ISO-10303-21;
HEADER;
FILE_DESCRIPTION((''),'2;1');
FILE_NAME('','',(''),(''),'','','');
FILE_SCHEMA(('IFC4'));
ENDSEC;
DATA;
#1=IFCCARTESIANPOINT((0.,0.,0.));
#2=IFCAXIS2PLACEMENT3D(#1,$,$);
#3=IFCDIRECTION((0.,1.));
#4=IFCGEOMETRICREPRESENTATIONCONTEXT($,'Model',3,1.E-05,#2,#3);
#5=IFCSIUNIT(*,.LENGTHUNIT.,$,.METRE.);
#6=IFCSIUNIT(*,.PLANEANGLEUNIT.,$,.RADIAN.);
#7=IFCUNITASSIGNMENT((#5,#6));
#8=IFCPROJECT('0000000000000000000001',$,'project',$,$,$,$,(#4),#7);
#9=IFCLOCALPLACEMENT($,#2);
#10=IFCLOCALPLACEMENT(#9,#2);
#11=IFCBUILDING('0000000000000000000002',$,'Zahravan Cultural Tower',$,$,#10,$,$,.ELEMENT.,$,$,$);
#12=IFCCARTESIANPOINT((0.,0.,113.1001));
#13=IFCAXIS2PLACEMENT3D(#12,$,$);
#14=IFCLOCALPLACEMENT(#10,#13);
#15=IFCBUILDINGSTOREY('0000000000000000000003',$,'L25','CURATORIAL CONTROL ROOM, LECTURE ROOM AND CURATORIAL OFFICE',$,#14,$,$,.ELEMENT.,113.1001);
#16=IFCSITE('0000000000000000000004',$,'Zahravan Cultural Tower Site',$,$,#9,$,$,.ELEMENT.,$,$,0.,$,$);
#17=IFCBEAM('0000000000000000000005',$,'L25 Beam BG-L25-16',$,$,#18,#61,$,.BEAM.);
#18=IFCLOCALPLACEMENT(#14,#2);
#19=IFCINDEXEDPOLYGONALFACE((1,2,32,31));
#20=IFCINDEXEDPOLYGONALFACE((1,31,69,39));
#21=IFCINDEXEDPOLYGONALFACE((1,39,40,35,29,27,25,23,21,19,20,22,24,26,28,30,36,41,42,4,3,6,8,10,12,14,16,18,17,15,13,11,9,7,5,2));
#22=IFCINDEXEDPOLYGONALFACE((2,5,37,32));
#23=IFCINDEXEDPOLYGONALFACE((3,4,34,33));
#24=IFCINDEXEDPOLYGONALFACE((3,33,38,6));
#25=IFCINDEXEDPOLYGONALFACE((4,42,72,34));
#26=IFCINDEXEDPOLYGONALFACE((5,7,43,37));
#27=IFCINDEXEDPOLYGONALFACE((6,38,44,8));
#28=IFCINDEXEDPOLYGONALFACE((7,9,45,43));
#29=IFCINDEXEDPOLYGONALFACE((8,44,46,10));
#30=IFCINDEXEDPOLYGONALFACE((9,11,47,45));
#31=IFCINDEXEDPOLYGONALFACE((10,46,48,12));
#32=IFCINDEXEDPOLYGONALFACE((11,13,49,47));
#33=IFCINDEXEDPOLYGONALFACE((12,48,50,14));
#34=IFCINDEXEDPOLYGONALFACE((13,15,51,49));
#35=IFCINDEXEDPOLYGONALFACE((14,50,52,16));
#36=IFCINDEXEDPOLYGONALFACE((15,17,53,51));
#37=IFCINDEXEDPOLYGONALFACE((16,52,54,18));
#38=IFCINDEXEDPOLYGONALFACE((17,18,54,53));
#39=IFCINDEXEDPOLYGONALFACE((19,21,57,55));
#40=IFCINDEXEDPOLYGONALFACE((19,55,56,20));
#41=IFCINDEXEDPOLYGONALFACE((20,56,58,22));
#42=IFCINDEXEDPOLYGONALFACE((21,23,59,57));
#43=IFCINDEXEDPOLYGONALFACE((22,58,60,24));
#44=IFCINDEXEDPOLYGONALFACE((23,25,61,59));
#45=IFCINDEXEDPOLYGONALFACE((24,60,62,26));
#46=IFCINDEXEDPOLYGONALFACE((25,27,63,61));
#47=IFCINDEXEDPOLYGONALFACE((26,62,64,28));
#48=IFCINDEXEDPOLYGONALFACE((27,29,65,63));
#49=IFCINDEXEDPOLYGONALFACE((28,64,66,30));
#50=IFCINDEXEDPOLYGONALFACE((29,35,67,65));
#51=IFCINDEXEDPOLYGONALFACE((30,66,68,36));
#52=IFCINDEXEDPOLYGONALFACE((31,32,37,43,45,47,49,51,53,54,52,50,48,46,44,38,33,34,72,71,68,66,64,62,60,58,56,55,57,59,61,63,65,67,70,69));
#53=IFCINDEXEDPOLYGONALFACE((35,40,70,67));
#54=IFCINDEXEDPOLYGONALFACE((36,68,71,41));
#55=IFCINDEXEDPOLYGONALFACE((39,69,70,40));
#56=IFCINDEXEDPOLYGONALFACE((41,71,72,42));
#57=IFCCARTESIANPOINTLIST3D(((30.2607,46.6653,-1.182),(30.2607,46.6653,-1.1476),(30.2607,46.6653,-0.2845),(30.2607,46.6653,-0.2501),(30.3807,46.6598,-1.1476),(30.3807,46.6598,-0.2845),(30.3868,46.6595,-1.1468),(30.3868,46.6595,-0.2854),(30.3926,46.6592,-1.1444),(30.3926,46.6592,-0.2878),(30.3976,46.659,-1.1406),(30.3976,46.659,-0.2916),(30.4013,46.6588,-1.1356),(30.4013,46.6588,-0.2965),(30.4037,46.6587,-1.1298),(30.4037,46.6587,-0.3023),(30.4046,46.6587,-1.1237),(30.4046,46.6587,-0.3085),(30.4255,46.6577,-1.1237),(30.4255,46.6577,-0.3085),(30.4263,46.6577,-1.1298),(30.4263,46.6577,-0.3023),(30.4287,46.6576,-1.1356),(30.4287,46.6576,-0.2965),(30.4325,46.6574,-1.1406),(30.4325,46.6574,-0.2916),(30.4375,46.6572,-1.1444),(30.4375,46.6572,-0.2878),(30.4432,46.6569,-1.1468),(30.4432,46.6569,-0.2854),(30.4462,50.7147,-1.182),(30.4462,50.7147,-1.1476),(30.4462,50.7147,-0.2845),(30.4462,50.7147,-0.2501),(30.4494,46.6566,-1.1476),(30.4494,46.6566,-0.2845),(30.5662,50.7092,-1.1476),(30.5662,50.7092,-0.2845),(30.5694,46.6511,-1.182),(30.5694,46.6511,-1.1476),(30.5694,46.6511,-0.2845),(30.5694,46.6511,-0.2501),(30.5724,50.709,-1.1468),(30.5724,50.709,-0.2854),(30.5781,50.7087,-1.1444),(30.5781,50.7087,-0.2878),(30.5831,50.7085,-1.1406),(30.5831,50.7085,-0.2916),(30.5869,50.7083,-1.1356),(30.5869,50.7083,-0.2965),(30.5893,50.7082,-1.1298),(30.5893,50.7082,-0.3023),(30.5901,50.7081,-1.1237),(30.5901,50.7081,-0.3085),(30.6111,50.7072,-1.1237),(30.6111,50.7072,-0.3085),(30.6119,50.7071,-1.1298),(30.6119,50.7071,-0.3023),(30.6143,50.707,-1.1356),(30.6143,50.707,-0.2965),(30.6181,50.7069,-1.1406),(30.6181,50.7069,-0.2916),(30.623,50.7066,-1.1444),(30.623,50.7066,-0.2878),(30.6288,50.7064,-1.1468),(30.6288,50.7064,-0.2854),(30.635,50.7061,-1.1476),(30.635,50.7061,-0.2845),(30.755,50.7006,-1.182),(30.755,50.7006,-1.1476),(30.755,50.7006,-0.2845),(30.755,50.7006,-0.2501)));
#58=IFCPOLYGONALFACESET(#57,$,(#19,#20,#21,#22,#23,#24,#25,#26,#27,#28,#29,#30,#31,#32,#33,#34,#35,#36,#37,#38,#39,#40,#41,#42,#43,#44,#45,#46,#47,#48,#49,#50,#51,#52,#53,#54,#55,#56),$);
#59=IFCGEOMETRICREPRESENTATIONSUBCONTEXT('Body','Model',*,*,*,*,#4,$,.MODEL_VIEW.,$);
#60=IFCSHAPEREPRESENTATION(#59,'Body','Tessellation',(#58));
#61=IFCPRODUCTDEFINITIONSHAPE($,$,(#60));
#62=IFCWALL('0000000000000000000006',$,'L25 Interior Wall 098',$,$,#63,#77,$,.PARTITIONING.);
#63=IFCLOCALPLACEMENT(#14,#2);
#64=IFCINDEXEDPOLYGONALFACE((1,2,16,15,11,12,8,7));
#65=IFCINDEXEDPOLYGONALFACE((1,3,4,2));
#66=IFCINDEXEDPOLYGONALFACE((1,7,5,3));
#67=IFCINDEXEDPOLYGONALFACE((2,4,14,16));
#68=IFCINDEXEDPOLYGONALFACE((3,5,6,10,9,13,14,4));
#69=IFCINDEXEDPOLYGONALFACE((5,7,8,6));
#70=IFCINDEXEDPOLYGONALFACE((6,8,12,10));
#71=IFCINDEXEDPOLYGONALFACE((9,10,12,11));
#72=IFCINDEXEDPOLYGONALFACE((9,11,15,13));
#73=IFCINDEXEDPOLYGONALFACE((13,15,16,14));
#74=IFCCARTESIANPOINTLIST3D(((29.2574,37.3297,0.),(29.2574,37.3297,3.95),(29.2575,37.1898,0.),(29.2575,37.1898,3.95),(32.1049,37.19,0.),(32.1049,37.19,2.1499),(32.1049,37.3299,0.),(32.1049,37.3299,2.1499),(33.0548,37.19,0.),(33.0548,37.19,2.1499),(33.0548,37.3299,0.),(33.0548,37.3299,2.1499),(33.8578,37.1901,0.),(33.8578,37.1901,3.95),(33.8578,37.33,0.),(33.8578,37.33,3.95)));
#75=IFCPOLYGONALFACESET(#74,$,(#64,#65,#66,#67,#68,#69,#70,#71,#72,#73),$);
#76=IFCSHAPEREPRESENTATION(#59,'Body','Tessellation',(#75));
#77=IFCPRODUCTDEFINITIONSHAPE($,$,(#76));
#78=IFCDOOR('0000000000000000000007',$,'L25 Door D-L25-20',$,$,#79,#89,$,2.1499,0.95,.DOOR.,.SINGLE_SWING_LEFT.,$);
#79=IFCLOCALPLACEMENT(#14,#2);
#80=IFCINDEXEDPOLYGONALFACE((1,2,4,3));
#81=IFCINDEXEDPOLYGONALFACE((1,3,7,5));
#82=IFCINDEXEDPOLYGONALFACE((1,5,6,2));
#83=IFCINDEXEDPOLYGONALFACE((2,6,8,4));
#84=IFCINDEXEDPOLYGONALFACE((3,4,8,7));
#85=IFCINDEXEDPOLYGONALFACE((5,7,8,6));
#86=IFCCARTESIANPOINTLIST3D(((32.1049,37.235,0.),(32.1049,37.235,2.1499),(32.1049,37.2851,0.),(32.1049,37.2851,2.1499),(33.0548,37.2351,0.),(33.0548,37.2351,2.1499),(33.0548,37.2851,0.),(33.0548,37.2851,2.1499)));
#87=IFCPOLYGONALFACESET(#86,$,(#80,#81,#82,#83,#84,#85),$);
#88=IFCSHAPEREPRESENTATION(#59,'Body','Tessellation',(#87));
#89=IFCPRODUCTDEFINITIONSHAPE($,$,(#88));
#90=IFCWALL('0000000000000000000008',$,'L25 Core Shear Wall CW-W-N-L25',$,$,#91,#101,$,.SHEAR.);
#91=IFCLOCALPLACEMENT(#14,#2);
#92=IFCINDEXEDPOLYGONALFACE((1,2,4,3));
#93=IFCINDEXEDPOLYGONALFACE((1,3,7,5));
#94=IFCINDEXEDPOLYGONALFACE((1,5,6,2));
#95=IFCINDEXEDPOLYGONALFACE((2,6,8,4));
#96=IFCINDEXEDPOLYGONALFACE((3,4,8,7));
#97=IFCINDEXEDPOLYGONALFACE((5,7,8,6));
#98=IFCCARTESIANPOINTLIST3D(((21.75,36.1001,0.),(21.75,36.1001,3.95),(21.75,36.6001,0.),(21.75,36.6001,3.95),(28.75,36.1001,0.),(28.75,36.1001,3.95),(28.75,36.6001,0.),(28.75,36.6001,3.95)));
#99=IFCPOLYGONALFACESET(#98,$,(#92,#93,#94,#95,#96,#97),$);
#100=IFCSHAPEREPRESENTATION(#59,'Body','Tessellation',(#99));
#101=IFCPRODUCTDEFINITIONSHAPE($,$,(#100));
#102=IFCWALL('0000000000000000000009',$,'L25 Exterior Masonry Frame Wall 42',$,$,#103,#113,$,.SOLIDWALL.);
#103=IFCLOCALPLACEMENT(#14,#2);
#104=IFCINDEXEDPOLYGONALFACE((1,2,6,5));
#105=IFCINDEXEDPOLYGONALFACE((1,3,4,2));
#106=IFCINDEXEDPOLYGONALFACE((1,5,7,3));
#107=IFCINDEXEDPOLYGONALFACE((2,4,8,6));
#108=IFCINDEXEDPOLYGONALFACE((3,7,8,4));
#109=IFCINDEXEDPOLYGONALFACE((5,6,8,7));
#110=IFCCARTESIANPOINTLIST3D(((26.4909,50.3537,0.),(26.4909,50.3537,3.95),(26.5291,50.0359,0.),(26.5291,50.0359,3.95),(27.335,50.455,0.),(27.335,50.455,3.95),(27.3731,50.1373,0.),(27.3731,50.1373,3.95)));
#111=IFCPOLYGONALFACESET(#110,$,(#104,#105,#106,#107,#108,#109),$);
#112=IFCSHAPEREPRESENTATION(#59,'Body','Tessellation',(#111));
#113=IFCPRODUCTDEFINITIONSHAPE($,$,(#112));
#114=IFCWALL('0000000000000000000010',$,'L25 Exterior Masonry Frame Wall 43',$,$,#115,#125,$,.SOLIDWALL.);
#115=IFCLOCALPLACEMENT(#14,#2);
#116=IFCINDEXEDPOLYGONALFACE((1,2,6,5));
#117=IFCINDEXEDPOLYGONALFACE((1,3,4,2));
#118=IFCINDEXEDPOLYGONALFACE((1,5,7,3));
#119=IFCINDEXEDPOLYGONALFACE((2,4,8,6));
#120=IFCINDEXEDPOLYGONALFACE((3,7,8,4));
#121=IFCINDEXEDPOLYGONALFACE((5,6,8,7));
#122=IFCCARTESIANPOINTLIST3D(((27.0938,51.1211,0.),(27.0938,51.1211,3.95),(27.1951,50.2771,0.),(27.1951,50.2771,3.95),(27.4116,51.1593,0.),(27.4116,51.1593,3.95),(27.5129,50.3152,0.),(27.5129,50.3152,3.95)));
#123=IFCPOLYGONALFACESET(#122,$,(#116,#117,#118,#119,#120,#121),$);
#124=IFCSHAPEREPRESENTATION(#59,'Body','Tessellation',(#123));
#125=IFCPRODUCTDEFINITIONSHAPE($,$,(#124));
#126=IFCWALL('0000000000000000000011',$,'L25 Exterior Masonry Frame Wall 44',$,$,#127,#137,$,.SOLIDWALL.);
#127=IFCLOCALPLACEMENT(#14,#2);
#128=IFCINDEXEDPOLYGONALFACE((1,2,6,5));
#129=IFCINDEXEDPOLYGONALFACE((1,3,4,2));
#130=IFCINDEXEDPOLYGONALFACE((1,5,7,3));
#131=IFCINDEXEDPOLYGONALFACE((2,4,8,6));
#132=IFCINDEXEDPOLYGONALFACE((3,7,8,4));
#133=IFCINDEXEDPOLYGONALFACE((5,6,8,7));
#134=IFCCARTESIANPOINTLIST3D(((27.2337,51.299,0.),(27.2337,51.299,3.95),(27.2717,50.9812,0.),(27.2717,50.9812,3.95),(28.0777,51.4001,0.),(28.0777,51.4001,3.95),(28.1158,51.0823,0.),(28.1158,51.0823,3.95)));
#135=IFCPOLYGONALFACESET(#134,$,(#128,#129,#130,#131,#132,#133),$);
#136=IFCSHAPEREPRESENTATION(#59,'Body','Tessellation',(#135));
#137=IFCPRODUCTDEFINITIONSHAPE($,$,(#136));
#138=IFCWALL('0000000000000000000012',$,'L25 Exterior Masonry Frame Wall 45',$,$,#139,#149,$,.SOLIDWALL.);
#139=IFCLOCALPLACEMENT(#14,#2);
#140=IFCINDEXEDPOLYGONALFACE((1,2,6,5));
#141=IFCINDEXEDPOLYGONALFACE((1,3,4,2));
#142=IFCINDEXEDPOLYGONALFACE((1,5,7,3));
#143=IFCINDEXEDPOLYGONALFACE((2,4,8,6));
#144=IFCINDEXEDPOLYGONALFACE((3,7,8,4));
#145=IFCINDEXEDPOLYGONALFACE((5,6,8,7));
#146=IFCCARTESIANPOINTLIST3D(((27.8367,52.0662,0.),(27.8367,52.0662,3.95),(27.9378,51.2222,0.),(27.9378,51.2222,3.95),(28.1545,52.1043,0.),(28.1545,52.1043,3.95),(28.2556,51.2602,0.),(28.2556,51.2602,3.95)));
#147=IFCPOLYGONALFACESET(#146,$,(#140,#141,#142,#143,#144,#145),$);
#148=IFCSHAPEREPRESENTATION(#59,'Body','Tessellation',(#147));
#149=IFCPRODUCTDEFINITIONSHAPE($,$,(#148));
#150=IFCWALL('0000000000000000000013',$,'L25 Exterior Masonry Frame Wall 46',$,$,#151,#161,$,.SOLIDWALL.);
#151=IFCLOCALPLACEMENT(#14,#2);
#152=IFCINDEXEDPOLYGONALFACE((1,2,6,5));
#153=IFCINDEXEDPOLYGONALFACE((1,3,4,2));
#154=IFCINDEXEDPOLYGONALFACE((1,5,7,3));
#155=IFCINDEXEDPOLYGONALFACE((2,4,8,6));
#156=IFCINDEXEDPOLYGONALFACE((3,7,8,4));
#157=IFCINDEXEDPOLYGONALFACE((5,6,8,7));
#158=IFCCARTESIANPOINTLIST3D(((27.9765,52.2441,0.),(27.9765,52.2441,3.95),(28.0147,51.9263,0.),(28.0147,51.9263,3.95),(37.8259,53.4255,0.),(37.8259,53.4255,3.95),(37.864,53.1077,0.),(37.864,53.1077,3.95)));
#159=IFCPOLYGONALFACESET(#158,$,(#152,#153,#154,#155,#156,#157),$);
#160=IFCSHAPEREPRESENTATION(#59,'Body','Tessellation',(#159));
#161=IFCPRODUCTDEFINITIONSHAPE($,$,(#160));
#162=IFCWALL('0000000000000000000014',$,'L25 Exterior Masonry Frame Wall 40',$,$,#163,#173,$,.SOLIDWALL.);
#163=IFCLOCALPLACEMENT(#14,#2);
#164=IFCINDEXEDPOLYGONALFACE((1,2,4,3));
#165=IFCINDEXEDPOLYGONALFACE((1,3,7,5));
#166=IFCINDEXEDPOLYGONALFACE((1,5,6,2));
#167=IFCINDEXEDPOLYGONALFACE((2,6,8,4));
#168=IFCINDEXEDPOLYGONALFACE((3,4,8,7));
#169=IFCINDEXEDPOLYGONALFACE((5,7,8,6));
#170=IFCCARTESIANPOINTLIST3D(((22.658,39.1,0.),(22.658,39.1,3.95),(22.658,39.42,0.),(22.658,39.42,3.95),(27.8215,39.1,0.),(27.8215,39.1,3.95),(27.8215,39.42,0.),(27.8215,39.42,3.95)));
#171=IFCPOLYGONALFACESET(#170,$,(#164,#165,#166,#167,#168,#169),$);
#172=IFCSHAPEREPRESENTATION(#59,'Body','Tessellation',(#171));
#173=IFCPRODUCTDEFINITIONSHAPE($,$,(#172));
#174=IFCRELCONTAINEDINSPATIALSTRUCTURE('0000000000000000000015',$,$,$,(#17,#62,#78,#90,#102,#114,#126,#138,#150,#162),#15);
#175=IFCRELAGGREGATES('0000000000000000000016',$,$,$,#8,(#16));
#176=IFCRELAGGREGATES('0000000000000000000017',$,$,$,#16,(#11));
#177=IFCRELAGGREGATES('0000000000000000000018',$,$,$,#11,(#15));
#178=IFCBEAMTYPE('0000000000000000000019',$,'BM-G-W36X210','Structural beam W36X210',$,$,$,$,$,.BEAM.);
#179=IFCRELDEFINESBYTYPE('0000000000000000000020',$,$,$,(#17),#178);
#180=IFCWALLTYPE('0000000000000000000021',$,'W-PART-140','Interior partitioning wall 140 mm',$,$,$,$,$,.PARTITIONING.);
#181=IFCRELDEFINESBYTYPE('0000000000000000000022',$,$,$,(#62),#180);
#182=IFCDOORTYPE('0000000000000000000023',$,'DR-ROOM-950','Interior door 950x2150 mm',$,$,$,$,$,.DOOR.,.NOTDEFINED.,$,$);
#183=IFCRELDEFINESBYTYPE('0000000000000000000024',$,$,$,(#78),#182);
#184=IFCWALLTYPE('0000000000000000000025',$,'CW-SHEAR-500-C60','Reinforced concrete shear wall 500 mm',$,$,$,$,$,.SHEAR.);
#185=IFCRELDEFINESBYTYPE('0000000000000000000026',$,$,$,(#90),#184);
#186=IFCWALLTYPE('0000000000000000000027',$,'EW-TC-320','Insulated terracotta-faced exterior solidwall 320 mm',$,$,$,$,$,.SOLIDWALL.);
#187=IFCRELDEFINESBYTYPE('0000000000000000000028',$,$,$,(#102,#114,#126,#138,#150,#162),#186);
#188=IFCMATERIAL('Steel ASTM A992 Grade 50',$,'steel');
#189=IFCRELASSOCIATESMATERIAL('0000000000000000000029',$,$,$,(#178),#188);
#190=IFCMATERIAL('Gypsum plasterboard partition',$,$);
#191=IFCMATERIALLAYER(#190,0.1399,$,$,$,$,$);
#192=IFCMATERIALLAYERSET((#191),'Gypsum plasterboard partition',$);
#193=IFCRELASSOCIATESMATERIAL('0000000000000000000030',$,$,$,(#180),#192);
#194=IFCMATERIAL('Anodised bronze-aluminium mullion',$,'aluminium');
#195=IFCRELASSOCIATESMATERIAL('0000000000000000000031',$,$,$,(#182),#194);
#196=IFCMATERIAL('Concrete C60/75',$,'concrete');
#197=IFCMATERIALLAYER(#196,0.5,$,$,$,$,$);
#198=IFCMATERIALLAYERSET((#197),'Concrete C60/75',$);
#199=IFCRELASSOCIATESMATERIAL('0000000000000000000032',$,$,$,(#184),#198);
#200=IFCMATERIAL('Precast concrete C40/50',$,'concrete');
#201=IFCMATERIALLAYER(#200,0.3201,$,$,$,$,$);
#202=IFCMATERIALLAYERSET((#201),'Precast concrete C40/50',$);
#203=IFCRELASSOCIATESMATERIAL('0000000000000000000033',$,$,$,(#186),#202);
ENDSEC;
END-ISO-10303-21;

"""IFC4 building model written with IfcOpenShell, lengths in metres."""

from ifc_helpers import new_model, si_unit, direction, frame, frame_2d, origin, origin_2d, place, context, subcontext, project, spatial, rectangle, i_section, extrude, source, transform, mapped, material, layer, layer_set, material_profile, profile_set, type_object, element, fill, save


model = new_model("IFC4")

# Units and contexts
model_context = context("Model", 3, precision=1e-05, world=origin(), true_north=direction((0.0, 1.0)))
body_context = subcontext(model_context, "Body", "Model", "MODEL_VIEW")
ifc_project = project(units=[si_unit("LENGTHUNIT", "METRE"), si_unit("PLANEANGLEUNIT", "RADIAN")], contexts=[model_context])

# Site, building, storey
site_placement = place(None, origin())
site = spatial("IfcSite", under=ifc_project, at=site_placement, Name="Zahravan Cultural Tower Site", CompositionType="ELEMENT", RefElevation=0.0)
building_placement = place(site_placement, origin())
building = spatial("IfcBuilding", under=site, at=building_placement, Name="Zahravan Cultural Tower", CompositionType="ELEMENT")
storey_placement = place(building_placement, frame((0.0, 0.0, 113.1001)))
storey = spatial("IfcBuildingStorey", under=building, at=storey_placement, Name="L25", Description="CURATORIAL CONTROL ROOM, LECTURE ROOM AND CURATORIAL OFFICE", CompositionType="ELEMENT", Elevation=113.1001)

# Shared definitions
ifc_material_1 = material(Name="Concrete C60/75", Category="concrete")
ifc_material_2 = material(Name="Steel ASTM A992 Grade 50", Category="steel")

# Beam
ifc_material_profile_1 = material_profile(ifc_material_2, i_section(OverallWidth=0.3091, OverallDepth=0.9319, WebThickness=0.021, FlangeThickness=0.0344, FilletRadius=0.0239, at=origin_2d()), Name="W36X210")
ifc_profile_set_1 = profile_set([ifc_material_profile_1], Name="Steel ASTM A992 Grade 50")
beam_type_1 = type_object("IfcBeamType", Name="BM-G-W36X210", Description="Structural beam W36X210", PredefinedType="BEAM", material=ifc_profile_set_1)
shared_shape_1 = source(origin(), body_context, "Body", "SweptSolid", [
    extrude(i_section(OverallWidth=0.3091, OverallDepth=0.9319, WebThickness=0.021, FlangeThickness=0.0344, FilletRadius=0.0239, at=origin_2d()), origin(), (0.0, 0.0, 1.0), 4.0537),
])
beam_1_placement = place(storey_placement, frame((30.415, 46.6582, -0.7161), z_axis=(0.045771, 0.998952, 0.0), x_axis=(-0.998952, 0.045771, 0.0)))
element("IfcBeam", 1, at=beam_1_placement, inside=storey, type_object=beam_type_1, Name="L25 Beam BG-L25-16", PredefinedType="BEAM", context=body_context, shape_type="MappedRepresentation", body=[
    mapped(shared_shape_1, transform((0.0, 0.0, 0.0), x_axis=(1.0, 0.0, 0.0), y_axis=(0.0, 1.0, 0.0), z_axis=(0.0, 0.0, 1.0), scale=1.0)),
])

# Wall, opening, door
ifc_material_3 = material(Name="Gypsum plasterboard partition")
ifc_layer_1 = layer(ifc_material_3, 0.1399)
ifc_layer_set_1 = layer_set([ifc_layer_1], Name="Gypsum plasterboard partition")
wall_type_1 = type_object("IfcWallType", Name="W-PART-140", Description="Interior partitioning wall 140 mm", PredefinedType="PARTITIONING", material=ifc_layer_set_1)
wall_1_placement = place(storey_placement, frame((33.8579, 37.26, 0.0), z_axis=(0.0, 0.0, 1.0), x_axis=(-1.0, -0.000053, 0.0)))
wall_1 = element("IfcWall", 2, at=wall_1_placement, inside=storey, type_object=wall_type_1, Name="L25 Interior Wall 098", PredefinedType="PARTITIONING", context=body_context, shape_type="SweptSolid", body=[
    extrude(rectangle(XDim=4.6003, YDim=0.1399, at=frame_2d((2.3003, 0.0))), origin(), (0.0, 0.0, 1.0), 3.95),
])
opening_placement = place(wall_1_placement, frame((0.803, 0.0, 0.0)))
opening = element("IfcOpeningElement", 3, at=opening_placement, cuts=wall_1, PredefinedType="OPENING", context=body_context, shape_type="SweptSolid", body=[
    extrude(rectangle(XDim=0.95, YDim=2.1499, at=frame_2d((0.4751, 1.075))), frame((0.0, 0.0798, 0.0), z_axis=(0.0, -1.0, 0.0), x_axis=(1.0, 0.0, 0.0)), (0.0, 0.0, 1.0), 0.1599),
])
ifc_material_4 = material(Name="Anodised bronze-aluminium mullion", Category="aluminium")
door_type = type_object("IfcDoorType", Name="DR-ROOM-950", Description="Interior door 950x2150 mm", OperationType="NOTDEFINED", PredefinedType="DOOR", material=ifc_material_4)
shared_shape_2 = source(origin(), body_context, "Body", "SweptSolid", [
    extrude(rectangle(XDim=0.95, YDim=2.1499, at=frame_2d((0.4751, 1.075))), frame((0.0, 0.0249, 0.0), z_axis=(0.0, -1.0, 0.0), x_axis=(1.0, 0.0, 0.0)), (0.0, 0.0, 1.0), 0.05),
])
door_placement = place(opening_placement, origin())
door = element("IfcDoor", 4, at=door_placement, inside=storey, type_object=door_type, Name="L25 Door D-L25-20", OperationType="SINGLE_SWING_LEFT", OverallHeight=2.1499, OverallWidth=0.95, PredefinedType="DOOR", context=body_context, shape_type="MappedRepresentation", body=[
    mapped(shared_shape_2, transform((0.0, 0.0, 0.0), x_axis=(1.0, 0.0, 0.0), y_axis=(0.0, 1.0, 0.0), z_axis=(0.0, 0.0, 1.0), scale=1.0)),
])
fill(opening, door)

# Walls
ifc_layer_2 = layer(ifc_material_1, 0.5)
ifc_layer_set_2 = layer_set([ifc_layer_2], Name="Concrete C60/75")
wall_type_2 = type_object("IfcWallType", Name="CW-SHEAR-500-C60", Description="Reinforced concrete shear wall 500 mm", PredefinedType="SHEAR", material=ifc_layer_set_2)
shared_shape_3 = source(origin(), body_context, "Body", "SweptSolid", [
    extrude(rectangle(XDim=7.0, YDim=0.5, at=frame_2d((3.5, 0.0))), origin(), (0.0, 0.0, 1.0), 3.95),
])
wall_2_placement = place(storey_placement, frame((21.75, 36.3501, 0.0), z_axis=(0.0, 0.0, 1.0), x_axis=(1.0, 0.0, 0.0)))
element("IfcWall", 5, at=wall_2_placement, inside=storey, type_object=wall_type_2, Name="L25 Core Shear Wall CW-W-N-L25", PredefinedType="SHEAR", context=body_context, shape_type="MappedRepresentation", body=[
    mapped(shared_shape_3, transform((0.0, 0.0, 0.0), x_axis=(1.0, 0.0, 0.0), y_axis=(0.0, 1.0, 0.0), z_axis=(0.0, 0.0, 1.0), scale=1.0)),
])
ifc_material_5 = material(Name="Precast concrete C40/50", Category="concrete")
ifc_layer_3 = layer(ifc_material_5, 0.3201)
ifc_layer_set_3 = layer_set([ifc_layer_3], Name="Precast concrete C40/50")
wall_type_3 = type_object("IfcWallType", Name="EW-TC-320", Description="Insulated terracotta-faced exterior solidwall 320 mm", PredefinedType="SOLIDWALL", material=ifc_layer_set_3)
shared_shape_4 = source(origin(), body_context, "Body", "SweptSolid", [
    extrude(rectangle(XDim=0.8501, YDim=0.3201, at=frame_2d((0.425, 0.0))), origin(), (0.0, 0.0, 1.0), 3.95),
])
for number, where, z_axis, x_axis, name in (
    (6, (26.51, 50.1948, 0.0), (0.0, 0.0, 1.0), (0.992871, 0.119191, 0.0), "L25 Exterior Masonry Frame Wall 42"),
    (7, (27.354, 50.2961, 0.0), (0.0, 0.0, 1.0), (-0.119191, 0.992871, 0.0), "L25 Exterior Masonry Frame Wall 43"),
    (8, (27.2527, 51.1401, 0.0), (0.0, 0.0, 1.0), (0.992905, 0.118907, 0.0), "L25 Exterior Masonry Frame Wall 44"),
    (9, (28.0967, 51.2412, 0.0), (0.0, 0.0, 1.0), (-0.118907, 0.992905, 0.0), "L25 Exterior Masonry Frame Wall 45"),
):
    element("IfcWall", number, at=place(storey_placement, frame(where, z_axis=z_axis, x_axis=x_axis)), inside=storey, type_object=wall_type_3, Name=name, PredefinedType="SOLIDWALL", context=body_context, shape_type="MappedRepresentation", body=[
        mapped(shared_shape_4, transform((0.0, 0.0, 0.0), x_axis=(1.0, 0.0, 0.0), y_axis=(0.0, 1.0, 0.0), z_axis=(0.0, 0.0, 1.0), scale=1.0)),
    ])
shared_shape_5 = source(origin(), body_context, "Body", "SweptSolid", [
    extrude(rectangle(XDim=9.9199, YDim=0.3201, at=frame_2d((4.96, 0.0))), origin(), (0.0, 0.0, 1.0), 3.95),
])
wall_3_placement = place(storey_placement, frame((27.9956, 52.0852, 0.0), z_axis=(0.0, 0.0, 1.0), x_axis=(0.992883, 0.119093, 0.0)))
element("IfcWall", 10, at=wall_3_placement, inside=storey, type_object=wall_type_3, Name="L25 Exterior Masonry Frame Wall 46", PredefinedType="SOLIDWALL", context=body_context, shape_type="MappedRepresentation", body=[
    mapped(shared_shape_5, transform((0.0, 0.0, 0.0), x_axis=(1.0, 0.0, 0.0), y_axis=(0.0, 1.0, 0.0), z_axis=(0.0, 0.0, 1.0), scale=1.0)),
])
shared_shape_6 = source(origin(), body_context, "Body", "SweptSolid", [
    extrude(rectangle(XDim=5.1636, YDim=0.3201, at=frame_2d((2.5818, 0.0))), origin(), (0.0, 0.0, 1.0), 3.95),
])
wall_4_placement = place(storey_placement, frame((22.658, 39.26, 0.0), z_axis=(0.0, 0.0, 1.0), x_axis=(1.0, 0.0, 0.0)))
element("IfcWall", 11, at=wall_4_placement, inside=storey, type_object=wall_type_3, Name="L25 Exterior Masonry Frame Wall 40", PredefinedType="SOLIDWALL", context=body_context, shape_type="MappedRepresentation", body=[
    mapped(shared_shape_6, transform((0.0, 0.0, 0.0), x_axis=(1.0, 0.0, 0.0), y_axis=(0.0, 1.0, 0.0), z_axis=(0.0, 0.0, 1.0), scale=1.0)),
])

save(model, "model.ifc")
